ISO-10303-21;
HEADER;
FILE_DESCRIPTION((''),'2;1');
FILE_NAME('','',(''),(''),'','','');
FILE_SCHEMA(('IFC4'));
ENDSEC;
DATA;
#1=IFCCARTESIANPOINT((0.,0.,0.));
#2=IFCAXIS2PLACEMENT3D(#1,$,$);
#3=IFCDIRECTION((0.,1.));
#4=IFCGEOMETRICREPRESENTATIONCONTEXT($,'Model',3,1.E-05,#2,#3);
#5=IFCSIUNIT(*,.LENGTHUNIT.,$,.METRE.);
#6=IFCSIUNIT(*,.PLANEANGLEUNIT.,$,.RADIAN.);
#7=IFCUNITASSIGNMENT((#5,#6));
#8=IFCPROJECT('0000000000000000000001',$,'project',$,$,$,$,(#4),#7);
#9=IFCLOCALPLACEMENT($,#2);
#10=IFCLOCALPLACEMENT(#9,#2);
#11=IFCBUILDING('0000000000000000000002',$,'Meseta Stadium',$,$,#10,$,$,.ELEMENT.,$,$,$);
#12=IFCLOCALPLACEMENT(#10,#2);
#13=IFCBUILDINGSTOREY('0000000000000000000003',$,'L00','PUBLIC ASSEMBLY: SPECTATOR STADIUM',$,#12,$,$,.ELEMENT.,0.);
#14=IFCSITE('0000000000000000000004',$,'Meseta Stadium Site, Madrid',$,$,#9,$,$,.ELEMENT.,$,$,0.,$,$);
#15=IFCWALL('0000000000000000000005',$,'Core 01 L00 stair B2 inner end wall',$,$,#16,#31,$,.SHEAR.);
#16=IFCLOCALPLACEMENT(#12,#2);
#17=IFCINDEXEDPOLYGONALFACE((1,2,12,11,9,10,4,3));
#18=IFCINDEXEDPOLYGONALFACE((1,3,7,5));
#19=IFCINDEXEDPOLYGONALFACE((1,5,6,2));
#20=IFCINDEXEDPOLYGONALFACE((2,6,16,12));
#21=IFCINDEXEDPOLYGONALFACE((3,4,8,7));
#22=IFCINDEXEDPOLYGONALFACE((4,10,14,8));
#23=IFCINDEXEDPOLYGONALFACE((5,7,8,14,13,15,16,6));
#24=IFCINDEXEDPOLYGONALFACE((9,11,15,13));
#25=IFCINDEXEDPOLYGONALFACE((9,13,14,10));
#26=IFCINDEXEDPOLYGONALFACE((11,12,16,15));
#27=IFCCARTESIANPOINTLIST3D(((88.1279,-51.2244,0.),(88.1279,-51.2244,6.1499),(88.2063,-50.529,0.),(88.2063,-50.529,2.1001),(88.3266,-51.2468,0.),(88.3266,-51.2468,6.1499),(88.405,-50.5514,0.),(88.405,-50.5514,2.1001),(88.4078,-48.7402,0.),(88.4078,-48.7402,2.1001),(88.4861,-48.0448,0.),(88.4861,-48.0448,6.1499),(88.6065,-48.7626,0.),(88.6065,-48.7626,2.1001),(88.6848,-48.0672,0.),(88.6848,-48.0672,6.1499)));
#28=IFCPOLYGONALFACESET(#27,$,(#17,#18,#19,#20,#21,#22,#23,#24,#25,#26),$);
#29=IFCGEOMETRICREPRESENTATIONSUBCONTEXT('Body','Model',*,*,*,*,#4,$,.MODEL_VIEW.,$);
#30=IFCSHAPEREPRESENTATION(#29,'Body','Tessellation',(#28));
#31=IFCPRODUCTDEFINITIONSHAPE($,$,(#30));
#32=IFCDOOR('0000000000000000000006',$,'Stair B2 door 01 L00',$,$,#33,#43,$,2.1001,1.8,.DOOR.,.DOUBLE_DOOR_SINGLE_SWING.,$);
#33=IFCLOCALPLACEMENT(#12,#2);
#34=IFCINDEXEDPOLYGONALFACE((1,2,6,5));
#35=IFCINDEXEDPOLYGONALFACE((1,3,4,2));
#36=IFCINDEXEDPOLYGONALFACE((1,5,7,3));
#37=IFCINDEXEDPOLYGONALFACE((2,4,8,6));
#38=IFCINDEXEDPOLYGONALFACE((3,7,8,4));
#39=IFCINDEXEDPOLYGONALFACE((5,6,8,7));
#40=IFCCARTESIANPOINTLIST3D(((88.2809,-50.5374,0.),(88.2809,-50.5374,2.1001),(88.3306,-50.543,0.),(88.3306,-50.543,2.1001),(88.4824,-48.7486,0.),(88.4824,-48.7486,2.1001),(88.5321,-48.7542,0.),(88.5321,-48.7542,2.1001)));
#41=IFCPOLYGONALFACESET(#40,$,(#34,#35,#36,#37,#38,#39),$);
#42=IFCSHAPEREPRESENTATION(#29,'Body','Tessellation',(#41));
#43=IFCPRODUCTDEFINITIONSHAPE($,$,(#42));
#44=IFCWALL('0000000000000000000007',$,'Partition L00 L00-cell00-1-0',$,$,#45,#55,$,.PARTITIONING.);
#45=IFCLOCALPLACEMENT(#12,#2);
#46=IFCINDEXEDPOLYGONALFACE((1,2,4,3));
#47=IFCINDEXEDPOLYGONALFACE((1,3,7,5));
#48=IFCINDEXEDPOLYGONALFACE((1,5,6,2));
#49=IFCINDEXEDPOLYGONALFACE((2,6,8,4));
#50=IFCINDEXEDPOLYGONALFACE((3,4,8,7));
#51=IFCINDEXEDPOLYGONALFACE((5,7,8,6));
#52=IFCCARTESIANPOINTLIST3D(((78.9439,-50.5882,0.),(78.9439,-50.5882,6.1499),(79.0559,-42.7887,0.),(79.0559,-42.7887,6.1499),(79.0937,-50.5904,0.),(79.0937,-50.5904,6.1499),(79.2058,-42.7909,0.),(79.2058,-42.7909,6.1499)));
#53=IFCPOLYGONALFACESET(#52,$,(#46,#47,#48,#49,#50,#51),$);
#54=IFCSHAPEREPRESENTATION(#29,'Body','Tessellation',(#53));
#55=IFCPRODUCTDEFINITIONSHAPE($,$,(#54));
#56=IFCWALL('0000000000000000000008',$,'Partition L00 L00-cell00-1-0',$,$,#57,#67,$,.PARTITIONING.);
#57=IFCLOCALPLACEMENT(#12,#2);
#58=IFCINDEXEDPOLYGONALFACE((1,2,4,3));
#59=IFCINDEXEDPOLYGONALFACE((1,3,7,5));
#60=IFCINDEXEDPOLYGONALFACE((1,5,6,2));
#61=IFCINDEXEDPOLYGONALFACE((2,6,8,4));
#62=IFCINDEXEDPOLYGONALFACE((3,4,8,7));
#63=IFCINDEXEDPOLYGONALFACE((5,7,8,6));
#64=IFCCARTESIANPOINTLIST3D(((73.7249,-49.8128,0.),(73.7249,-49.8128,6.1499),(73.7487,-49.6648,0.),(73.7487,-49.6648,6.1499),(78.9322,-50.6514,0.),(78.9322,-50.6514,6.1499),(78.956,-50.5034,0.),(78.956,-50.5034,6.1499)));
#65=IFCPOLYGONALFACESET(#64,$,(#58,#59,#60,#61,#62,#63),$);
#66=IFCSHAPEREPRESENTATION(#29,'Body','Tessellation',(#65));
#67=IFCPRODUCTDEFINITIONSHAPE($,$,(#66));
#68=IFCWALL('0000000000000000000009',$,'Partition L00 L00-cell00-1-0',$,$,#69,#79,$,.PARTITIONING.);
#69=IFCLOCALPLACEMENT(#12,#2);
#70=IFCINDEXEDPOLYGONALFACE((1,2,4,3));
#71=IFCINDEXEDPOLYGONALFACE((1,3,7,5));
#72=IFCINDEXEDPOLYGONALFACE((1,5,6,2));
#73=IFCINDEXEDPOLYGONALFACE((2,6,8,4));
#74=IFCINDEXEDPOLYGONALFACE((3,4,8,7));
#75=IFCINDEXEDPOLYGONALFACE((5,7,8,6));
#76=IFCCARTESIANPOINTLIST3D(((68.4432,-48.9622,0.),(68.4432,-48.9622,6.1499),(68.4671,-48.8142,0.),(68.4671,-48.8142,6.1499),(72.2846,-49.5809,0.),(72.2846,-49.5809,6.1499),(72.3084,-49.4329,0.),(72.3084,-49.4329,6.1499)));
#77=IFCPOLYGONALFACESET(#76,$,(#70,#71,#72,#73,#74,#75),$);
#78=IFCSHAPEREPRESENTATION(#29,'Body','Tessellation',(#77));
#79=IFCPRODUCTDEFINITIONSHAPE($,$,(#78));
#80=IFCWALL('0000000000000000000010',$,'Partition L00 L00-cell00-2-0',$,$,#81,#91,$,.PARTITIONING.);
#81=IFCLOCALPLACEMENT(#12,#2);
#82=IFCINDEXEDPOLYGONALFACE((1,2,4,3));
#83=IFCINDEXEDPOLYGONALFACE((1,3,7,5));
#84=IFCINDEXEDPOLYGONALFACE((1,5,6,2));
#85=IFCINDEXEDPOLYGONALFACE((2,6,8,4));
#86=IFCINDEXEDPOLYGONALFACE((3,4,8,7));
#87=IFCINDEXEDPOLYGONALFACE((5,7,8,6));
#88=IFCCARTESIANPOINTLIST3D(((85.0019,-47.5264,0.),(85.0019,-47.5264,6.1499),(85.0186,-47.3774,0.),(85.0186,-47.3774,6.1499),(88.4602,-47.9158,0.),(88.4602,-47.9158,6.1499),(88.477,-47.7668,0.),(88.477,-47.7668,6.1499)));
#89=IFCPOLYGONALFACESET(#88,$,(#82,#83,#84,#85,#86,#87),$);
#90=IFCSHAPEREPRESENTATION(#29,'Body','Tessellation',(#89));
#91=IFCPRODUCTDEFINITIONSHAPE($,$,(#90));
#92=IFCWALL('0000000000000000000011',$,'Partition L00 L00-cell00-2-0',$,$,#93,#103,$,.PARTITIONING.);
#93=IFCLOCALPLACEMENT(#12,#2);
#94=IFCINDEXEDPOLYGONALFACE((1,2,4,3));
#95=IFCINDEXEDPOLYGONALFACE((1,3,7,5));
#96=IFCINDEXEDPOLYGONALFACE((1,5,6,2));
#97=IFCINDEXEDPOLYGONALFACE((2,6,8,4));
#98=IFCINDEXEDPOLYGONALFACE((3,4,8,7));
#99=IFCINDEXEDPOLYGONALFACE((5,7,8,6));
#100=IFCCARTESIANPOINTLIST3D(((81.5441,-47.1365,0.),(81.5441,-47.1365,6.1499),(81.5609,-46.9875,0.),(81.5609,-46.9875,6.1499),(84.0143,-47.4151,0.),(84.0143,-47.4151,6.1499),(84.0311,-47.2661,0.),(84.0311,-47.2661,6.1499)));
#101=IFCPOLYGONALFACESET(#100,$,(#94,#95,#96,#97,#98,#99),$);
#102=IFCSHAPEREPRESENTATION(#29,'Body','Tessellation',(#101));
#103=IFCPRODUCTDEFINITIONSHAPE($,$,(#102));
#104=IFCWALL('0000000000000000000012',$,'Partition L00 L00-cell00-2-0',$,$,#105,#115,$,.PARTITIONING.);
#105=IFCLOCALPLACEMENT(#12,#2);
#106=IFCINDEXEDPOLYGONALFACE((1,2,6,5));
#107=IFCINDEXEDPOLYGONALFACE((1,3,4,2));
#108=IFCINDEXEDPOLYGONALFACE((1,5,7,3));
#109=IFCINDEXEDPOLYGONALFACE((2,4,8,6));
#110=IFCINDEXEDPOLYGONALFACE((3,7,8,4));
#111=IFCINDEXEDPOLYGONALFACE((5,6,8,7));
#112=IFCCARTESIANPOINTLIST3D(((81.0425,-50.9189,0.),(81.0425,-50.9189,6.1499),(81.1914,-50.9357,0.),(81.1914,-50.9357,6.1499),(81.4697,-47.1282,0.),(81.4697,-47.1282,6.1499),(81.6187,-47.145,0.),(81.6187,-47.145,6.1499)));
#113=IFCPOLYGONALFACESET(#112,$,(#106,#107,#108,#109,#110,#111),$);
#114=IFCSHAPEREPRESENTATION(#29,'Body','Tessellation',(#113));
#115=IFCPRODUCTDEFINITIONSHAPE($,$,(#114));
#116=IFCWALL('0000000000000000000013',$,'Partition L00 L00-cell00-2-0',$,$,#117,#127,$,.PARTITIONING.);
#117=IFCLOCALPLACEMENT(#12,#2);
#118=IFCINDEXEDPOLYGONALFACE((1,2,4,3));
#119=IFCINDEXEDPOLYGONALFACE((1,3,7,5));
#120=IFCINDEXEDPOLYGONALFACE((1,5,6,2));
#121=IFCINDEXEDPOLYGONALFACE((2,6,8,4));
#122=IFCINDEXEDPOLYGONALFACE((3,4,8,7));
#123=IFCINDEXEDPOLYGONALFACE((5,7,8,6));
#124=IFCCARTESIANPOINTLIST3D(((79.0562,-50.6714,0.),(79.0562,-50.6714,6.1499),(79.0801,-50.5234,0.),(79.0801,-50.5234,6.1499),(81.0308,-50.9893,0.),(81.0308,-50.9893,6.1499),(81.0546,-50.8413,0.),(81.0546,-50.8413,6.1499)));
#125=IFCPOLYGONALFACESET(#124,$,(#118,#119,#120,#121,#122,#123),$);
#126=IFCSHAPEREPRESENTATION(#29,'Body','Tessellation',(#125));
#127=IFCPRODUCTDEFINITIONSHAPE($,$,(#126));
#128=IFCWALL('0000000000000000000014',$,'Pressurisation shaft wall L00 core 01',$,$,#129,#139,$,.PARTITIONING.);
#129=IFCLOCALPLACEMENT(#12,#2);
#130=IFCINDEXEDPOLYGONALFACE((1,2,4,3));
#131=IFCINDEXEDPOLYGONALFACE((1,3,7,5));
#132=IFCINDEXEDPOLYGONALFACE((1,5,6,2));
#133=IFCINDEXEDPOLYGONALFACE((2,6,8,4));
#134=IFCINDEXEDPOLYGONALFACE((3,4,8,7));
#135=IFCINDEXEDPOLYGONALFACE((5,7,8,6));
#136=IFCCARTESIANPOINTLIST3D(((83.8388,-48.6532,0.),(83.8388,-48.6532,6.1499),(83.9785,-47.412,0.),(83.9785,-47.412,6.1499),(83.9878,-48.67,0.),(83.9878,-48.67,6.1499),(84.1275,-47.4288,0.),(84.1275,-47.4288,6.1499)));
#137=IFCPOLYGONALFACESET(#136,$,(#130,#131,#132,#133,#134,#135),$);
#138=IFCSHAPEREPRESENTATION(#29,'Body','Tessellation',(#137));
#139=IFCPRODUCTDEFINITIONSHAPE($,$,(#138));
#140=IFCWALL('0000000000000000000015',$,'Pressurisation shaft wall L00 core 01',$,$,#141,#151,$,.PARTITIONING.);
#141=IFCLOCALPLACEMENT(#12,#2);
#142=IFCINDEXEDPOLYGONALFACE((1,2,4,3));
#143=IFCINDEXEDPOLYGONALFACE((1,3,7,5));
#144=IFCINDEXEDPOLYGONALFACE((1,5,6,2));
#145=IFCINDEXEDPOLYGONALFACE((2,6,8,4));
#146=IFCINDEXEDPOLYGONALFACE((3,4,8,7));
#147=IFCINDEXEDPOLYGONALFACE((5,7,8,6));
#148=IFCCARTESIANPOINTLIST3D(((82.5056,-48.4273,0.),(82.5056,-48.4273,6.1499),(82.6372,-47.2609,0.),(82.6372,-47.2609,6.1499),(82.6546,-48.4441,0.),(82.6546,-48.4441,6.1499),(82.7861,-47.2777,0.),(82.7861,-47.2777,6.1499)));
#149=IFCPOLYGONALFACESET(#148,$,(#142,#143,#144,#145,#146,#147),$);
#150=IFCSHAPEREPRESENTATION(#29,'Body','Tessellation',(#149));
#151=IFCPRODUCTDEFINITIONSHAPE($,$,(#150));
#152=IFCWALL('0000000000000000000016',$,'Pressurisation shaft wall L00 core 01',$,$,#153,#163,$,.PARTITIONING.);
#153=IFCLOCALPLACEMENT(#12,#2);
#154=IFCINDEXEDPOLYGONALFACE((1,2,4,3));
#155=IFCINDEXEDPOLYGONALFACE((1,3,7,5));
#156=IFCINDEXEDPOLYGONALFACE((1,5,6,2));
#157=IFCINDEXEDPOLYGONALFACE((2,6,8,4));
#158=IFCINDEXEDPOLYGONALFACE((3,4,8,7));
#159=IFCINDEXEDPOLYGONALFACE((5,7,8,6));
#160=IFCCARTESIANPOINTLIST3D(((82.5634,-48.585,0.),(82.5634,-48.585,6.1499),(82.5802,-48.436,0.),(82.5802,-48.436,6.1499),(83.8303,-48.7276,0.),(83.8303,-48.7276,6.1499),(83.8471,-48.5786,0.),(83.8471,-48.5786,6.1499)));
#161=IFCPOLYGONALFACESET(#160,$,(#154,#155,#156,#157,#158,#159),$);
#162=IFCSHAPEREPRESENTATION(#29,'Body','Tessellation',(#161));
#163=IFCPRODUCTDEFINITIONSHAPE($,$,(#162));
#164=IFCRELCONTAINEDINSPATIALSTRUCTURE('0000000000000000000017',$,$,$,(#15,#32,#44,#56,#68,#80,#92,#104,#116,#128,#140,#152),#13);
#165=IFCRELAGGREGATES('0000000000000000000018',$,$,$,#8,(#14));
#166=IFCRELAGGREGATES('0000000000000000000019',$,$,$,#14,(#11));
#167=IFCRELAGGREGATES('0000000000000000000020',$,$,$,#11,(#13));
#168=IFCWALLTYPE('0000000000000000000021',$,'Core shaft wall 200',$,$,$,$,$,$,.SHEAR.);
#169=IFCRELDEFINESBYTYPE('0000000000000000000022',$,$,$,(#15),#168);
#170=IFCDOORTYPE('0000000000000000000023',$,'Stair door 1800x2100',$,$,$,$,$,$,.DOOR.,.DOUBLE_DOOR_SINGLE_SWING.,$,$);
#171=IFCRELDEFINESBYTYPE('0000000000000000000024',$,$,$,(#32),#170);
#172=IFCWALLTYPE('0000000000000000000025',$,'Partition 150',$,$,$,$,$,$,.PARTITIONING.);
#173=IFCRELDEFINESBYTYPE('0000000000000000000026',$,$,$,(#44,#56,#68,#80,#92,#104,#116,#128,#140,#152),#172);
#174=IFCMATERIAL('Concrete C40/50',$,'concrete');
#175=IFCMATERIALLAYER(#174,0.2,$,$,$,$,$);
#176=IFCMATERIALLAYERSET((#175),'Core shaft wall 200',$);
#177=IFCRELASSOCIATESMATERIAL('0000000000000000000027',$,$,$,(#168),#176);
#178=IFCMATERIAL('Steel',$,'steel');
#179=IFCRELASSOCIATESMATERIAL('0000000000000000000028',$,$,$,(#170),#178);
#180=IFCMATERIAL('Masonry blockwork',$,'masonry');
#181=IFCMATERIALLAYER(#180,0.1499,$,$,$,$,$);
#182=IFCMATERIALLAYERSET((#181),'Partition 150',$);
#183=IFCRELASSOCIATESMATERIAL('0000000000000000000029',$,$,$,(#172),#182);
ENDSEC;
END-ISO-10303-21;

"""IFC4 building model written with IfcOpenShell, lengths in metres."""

from ifc_helpers import new_model, si_unit, direction, frame, frame_2d, origin, place, context, subcontext, project, spatial, rectangle, extrude, material, layer, layer_set, type_object, element, fill, save


model = new_model("IFC4")

# Units and contexts
model_context = context("Model", 3, precision=1e-05, world=origin(), true_north=direction((0.0, 1.0)))
body_context = subcontext(model_context, "Body", "Model", "MODEL_VIEW")
ifc_project = project(units=[si_unit("LENGTHUNIT", "METRE"), si_unit("PLANEANGLEUNIT", "RADIAN")], contexts=[model_context])

# Site, building, storey
site_placement = place(None, origin())
site = spatial("IfcSite", under=ifc_project, at=site_placement, Name="Meseta Stadium Site, Madrid", CompositionType="ELEMENT", RefElevation=0.0)
building_placement = place(site_placement, origin())
building = spatial("IfcBuilding", under=site, at=building_placement, Name="Meseta Stadium", CompositionType="ELEMENT")
storey_placement = place(building_placement, origin())
storey = spatial("IfcBuildingStorey", under=building, at=storey_placement, Name="L00", Description="PUBLIC ASSEMBLY: SPECTATOR STADIUM", CompositionType="ELEMENT", Elevation=0.0)

# Wall, opening, door
ifc_material_1 = material(Name="Concrete C40/50", Category="concrete")
ifc_layer_1 = layer(ifc_material_1, 0.2)
ifc_layer_set_1 = layer_set([ifc_layer_1], Name="Core shaft wall 200")
wall_type_1 = type_object("IfcWallType", Name="Core shaft wall 200", PredefinedType="SHEAR", material=ifc_layer_set_1)
wall_1_placement = place(storey_placement, frame((88.2273, -51.2356, 0.0), z_axis=(0.0, 0.0, 1.0), x_axis=(0.11193, 0.993716, 0.0)))
wall_1 = element("IfcWall", 1, at=wall_1_placement, inside=storey, type_object=wall_type_1, Name="Core 01 L00 stair B2 inner end wall", PredefinedType="SHEAR", context=body_context, shape_type="SweptSolid", body=[
    extrude(rectangle(XDim=3.1997, YDim=0.2, at=frame_2d((1.5999, 0.0))), origin(), (0.0, 0.0, 1.0), 6.1499),
])
opening_1_placement = place(wall_1_placement, frame((0.7, 0.0, 0.0)))
opening_1 = element("IfcOpeningElement", 2, at=opening_1_placement, cuts=wall_1, PredefinedType="OPENING", context=body_context, shape_type="SweptSolid", body=[
    extrude(rectangle(XDim=1.8, YDim=2.1001, at=frame_2d((0.8999, 1.05))), frame((0.0, 0.1099, 0.0), z_axis=(0.0, -1.0, 0.0), x_axis=(1.0, 0.0, 0.0)), (0.0, 0.0, 1.0), 0.22),
])
ifc_material_2 = material(Name="Steel", Category="steel")
door_type_1 = type_object("IfcDoorType", Name="Stair door 1800x2100", OperationType="DOUBLE_DOOR_SINGLE_SWING", PredefinedType="DOOR", material=ifc_material_2)
door_1_placement = place(opening_1_placement, origin())
door_1 = element("IfcDoor", 3, at=door_1_placement, inside=storey, type_object=door_type_1, Name="Stair B2 door 01 L00", OperationType="DOUBLE_DOOR_SINGLE_SWING", OverallHeight=2.1001, OverallWidth=1.8, PredefinedType="DOOR", context=body_context, shape_type="SweptSolid", body=[
    extrude(rectangle(XDim=1.8, YDim=2.1001, at=frame_2d((0.8999, 1.05))), frame((0.0, 0.0249, 0.0), z_axis=(0.0, -1.0, 0.0), x_axis=(1.0, 0.0, 0.0)), (0.0, 0.0, 1.0), 0.05),
])
fill(opening_1, door_1)

# Walls
ifc_material_3 = material(Name="Masonry blockwork", Category="masonry")
ifc_layer_2 = layer(ifc_material_3, 0.1499)
ifc_layer_set_2 = layer_set([ifc_layer_2], Name="Partition 150")
wall_type_2 = type_object("IfcWallType", Name="Partition 150", PredefinedType="PARTITIONING", material=ifc_layer_set_2)
wall_2_placement = place(storey_placement, frame((79.1309, -42.7898, 0.0), z_axis=(0.0, 0.0, 1.0), x_axis=(-0.014366, -0.999897, 0.0)))
element("IfcWall", 4, at=wall_2_placement, inside=storey, type_object=wall_type_2, Name="Partition L00 L00-cell00-1-0", PredefinedType="PARTITIONING", context=body_context, shape_type="SweptSolid", body=[
    extrude(rectangle(XDim=7.8003, YDim=0.1499, at=frame_2d((3.9001, 0.0))), origin(), (0.0, 0.0, 1.0), 6.1499),
])
wall_3_placement = place(storey_placement, frame((78.9441, -50.5774, 0.0), z_axis=(0.0, 0.0, 1.0), x_axis=(-0.987279, 0.159, 0.0)))
element("IfcWall", 5, at=wall_3_placement, inside=storey, type_object=wall_type_2, Name="Partition L00 L00-cell00-1-0", PredefinedType="PARTITIONING", context=body_context, shape_type="SweptSolid", body=[
    extrude(rectangle(XDim=5.2744, YDim=0.1499, at=frame_2d((2.6372, 0.0))), origin(), (0.0, 0.0, 1.0), 6.1499),
])
wall_4_placement = place(storey_placement, frame((72.2964, -49.5068, 0.0), z_axis=(0.0, 0.0, 1.0), x_axis=(-0.987278, 0.159004, 0.0)))
element("IfcWall", 6, at=wall_4_placement, inside=storey, type_object=wall_type_2, Name="Partition L00 L00-cell00-1-0", PredefinedType="PARTITIONING", context=body_context, shape_type="SweptSolid", body=[
    extrude(rectangle(XDim=3.8909, YDim=0.1499, at=frame_2d((1.9453, 0.0))), origin(), (0.0, 0.0, 1.0), 6.1499),
])
wall_5_placement = place(storey_placement, frame((88.4688, -47.8413, 0.0), z_axis=(0.0, 0.0, 1.0), x_axis=(-0.99372, 0.111894, 0.0)))
element("IfcWall", 7, at=wall_5_placement, inside=storey, type_object=wall_type_2, Name="Partition L00 L00-cell00-2-0", PredefinedType="PARTITIONING", context=body_context, shape_type="SweptSolid", body=[
    extrude(rectangle(XDim=3.4802, YDim=0.1499, at=frame_2d((1.7402, 0.0))), origin(), (0.0, 0.0, 1.0), 6.1499),
])
wall_6_placement = place(storey_placement, frame((84.0227, -47.3406, 0.0), z_axis=(0.0, 0.0, 1.0), x_axis=(-0.993702, 0.112059, 0.0)))
element("IfcWall", 8, at=wall_6_placement, inside=storey, type_object=wall_type_2, Name="Partition L00 L00-cell00-2-0", PredefinedType="PARTITIONING", context=body_context, shape_type="SweptSolid", body=[
    extrude(rectangle(XDim=2.4858, YDim=0.1499, at=frame_2d((1.2429, 0.0))), origin(), (0.0, 0.0, 1.0), 6.1499),
])
wall_7_placement = place(storey_placement, frame((81.5442, -47.1367, 0.0), z_axis=(0.0, 0.0, 1.0), x_axis=(-0.111998, -0.993708, 0.0)))
element("IfcWall", 9, at=wall_7_placement, inside=storey, type_object=wall_type_2, Name="Partition L00 L00-cell00-2-0", PredefinedType="PARTITIONING", context=body_context, shape_type="SweptSolid", body=[
    extrude(rectangle(XDim=3.8147, YDim=0.1499, at=frame_2d((1.9072, 0.0))), origin(), (0.0, 0.0, 1.0), 6.1499),
])
wall_8_placement = place(storey_placement, frame((81.0427, -50.9153, 0.0), z_axis=(0.0, 0.0, 1.0), x_axis=(-0.987289, 0.158933, 0.0)))
element("IfcWall", 10, at=wall_8_placement, inside=storey, type_object=wall_type_2, Name="Partition L00 L00-cell00-2-0", PredefinedType="PARTITIONING", context=body_context, shape_type="SweptSolid", body=[
    extrude(rectangle(XDim=2.0, YDim=0.1499, at=frame_2d((1.0, 0.0))), origin(), (0.0, 0.0, 1.0), 6.1499),
])
wall_9_placement = place(storey_placement, frame((83.9133, -48.6616, 0.0), z_axis=(0.0, 0.0, 1.0), x_axis=(0.111804, 0.99373, 0.0)))
element("IfcWall", 11, at=wall_9_placement, inside=storey, type_object=wall_type_2, Name="Pressurisation shaft wall L00 core 01", PredefinedType="PARTITIONING", context=body_context, shape_type="SweptSolid", body=[
    extrude(rectangle(XDim=1.249, YDim=0.1499, at=frame_2d((0.6245, 0.0))), origin(), (0.0, 0.0, 1.0), 6.1499),
])
wall_10_placement = place(storey_placement, frame((82.7117, -47.2693, 0.0), z_axis=(0.0, 0.0, 1.0), x_axis=(-0.112098, -0.993697, 0.0)))
element("IfcWall", 12, at=wall_10_placement, inside=storey, type_object=wall_type_2, Name="Pressurisation shaft wall L00 core 01", PredefinedType="PARTITIONING", context=body_context, shape_type="SweptSolid", body=[
    extrude(rectangle(XDim=1.1738, YDim=0.1499, at=frame_2d((0.5869, 0.0))), origin(), (0.0, 0.0, 1.0), 6.1499),
])
wall_11_placement = place(storey_placement, frame((82.5718, -48.5105, 0.0), z_axis=(0.0, 0.0, 1.0), x_axis=(0.993726, -0.11184, 0.0)))
element("IfcWall", 13, at=wall_11_placement, inside=storey, type_object=wall_type_2, Name="Pressurisation shaft wall L00 core 01", PredefinedType="PARTITIONING", context=body_context, shape_type="SweptSolid", body=[
    extrude(rectangle(XDim=1.2749, YDim=0.1499, at=frame_2d((0.6375, 0.0))), origin(), (0.0, 0.0, 1.0), 6.1499),
])

save(model, "model.ifc")
